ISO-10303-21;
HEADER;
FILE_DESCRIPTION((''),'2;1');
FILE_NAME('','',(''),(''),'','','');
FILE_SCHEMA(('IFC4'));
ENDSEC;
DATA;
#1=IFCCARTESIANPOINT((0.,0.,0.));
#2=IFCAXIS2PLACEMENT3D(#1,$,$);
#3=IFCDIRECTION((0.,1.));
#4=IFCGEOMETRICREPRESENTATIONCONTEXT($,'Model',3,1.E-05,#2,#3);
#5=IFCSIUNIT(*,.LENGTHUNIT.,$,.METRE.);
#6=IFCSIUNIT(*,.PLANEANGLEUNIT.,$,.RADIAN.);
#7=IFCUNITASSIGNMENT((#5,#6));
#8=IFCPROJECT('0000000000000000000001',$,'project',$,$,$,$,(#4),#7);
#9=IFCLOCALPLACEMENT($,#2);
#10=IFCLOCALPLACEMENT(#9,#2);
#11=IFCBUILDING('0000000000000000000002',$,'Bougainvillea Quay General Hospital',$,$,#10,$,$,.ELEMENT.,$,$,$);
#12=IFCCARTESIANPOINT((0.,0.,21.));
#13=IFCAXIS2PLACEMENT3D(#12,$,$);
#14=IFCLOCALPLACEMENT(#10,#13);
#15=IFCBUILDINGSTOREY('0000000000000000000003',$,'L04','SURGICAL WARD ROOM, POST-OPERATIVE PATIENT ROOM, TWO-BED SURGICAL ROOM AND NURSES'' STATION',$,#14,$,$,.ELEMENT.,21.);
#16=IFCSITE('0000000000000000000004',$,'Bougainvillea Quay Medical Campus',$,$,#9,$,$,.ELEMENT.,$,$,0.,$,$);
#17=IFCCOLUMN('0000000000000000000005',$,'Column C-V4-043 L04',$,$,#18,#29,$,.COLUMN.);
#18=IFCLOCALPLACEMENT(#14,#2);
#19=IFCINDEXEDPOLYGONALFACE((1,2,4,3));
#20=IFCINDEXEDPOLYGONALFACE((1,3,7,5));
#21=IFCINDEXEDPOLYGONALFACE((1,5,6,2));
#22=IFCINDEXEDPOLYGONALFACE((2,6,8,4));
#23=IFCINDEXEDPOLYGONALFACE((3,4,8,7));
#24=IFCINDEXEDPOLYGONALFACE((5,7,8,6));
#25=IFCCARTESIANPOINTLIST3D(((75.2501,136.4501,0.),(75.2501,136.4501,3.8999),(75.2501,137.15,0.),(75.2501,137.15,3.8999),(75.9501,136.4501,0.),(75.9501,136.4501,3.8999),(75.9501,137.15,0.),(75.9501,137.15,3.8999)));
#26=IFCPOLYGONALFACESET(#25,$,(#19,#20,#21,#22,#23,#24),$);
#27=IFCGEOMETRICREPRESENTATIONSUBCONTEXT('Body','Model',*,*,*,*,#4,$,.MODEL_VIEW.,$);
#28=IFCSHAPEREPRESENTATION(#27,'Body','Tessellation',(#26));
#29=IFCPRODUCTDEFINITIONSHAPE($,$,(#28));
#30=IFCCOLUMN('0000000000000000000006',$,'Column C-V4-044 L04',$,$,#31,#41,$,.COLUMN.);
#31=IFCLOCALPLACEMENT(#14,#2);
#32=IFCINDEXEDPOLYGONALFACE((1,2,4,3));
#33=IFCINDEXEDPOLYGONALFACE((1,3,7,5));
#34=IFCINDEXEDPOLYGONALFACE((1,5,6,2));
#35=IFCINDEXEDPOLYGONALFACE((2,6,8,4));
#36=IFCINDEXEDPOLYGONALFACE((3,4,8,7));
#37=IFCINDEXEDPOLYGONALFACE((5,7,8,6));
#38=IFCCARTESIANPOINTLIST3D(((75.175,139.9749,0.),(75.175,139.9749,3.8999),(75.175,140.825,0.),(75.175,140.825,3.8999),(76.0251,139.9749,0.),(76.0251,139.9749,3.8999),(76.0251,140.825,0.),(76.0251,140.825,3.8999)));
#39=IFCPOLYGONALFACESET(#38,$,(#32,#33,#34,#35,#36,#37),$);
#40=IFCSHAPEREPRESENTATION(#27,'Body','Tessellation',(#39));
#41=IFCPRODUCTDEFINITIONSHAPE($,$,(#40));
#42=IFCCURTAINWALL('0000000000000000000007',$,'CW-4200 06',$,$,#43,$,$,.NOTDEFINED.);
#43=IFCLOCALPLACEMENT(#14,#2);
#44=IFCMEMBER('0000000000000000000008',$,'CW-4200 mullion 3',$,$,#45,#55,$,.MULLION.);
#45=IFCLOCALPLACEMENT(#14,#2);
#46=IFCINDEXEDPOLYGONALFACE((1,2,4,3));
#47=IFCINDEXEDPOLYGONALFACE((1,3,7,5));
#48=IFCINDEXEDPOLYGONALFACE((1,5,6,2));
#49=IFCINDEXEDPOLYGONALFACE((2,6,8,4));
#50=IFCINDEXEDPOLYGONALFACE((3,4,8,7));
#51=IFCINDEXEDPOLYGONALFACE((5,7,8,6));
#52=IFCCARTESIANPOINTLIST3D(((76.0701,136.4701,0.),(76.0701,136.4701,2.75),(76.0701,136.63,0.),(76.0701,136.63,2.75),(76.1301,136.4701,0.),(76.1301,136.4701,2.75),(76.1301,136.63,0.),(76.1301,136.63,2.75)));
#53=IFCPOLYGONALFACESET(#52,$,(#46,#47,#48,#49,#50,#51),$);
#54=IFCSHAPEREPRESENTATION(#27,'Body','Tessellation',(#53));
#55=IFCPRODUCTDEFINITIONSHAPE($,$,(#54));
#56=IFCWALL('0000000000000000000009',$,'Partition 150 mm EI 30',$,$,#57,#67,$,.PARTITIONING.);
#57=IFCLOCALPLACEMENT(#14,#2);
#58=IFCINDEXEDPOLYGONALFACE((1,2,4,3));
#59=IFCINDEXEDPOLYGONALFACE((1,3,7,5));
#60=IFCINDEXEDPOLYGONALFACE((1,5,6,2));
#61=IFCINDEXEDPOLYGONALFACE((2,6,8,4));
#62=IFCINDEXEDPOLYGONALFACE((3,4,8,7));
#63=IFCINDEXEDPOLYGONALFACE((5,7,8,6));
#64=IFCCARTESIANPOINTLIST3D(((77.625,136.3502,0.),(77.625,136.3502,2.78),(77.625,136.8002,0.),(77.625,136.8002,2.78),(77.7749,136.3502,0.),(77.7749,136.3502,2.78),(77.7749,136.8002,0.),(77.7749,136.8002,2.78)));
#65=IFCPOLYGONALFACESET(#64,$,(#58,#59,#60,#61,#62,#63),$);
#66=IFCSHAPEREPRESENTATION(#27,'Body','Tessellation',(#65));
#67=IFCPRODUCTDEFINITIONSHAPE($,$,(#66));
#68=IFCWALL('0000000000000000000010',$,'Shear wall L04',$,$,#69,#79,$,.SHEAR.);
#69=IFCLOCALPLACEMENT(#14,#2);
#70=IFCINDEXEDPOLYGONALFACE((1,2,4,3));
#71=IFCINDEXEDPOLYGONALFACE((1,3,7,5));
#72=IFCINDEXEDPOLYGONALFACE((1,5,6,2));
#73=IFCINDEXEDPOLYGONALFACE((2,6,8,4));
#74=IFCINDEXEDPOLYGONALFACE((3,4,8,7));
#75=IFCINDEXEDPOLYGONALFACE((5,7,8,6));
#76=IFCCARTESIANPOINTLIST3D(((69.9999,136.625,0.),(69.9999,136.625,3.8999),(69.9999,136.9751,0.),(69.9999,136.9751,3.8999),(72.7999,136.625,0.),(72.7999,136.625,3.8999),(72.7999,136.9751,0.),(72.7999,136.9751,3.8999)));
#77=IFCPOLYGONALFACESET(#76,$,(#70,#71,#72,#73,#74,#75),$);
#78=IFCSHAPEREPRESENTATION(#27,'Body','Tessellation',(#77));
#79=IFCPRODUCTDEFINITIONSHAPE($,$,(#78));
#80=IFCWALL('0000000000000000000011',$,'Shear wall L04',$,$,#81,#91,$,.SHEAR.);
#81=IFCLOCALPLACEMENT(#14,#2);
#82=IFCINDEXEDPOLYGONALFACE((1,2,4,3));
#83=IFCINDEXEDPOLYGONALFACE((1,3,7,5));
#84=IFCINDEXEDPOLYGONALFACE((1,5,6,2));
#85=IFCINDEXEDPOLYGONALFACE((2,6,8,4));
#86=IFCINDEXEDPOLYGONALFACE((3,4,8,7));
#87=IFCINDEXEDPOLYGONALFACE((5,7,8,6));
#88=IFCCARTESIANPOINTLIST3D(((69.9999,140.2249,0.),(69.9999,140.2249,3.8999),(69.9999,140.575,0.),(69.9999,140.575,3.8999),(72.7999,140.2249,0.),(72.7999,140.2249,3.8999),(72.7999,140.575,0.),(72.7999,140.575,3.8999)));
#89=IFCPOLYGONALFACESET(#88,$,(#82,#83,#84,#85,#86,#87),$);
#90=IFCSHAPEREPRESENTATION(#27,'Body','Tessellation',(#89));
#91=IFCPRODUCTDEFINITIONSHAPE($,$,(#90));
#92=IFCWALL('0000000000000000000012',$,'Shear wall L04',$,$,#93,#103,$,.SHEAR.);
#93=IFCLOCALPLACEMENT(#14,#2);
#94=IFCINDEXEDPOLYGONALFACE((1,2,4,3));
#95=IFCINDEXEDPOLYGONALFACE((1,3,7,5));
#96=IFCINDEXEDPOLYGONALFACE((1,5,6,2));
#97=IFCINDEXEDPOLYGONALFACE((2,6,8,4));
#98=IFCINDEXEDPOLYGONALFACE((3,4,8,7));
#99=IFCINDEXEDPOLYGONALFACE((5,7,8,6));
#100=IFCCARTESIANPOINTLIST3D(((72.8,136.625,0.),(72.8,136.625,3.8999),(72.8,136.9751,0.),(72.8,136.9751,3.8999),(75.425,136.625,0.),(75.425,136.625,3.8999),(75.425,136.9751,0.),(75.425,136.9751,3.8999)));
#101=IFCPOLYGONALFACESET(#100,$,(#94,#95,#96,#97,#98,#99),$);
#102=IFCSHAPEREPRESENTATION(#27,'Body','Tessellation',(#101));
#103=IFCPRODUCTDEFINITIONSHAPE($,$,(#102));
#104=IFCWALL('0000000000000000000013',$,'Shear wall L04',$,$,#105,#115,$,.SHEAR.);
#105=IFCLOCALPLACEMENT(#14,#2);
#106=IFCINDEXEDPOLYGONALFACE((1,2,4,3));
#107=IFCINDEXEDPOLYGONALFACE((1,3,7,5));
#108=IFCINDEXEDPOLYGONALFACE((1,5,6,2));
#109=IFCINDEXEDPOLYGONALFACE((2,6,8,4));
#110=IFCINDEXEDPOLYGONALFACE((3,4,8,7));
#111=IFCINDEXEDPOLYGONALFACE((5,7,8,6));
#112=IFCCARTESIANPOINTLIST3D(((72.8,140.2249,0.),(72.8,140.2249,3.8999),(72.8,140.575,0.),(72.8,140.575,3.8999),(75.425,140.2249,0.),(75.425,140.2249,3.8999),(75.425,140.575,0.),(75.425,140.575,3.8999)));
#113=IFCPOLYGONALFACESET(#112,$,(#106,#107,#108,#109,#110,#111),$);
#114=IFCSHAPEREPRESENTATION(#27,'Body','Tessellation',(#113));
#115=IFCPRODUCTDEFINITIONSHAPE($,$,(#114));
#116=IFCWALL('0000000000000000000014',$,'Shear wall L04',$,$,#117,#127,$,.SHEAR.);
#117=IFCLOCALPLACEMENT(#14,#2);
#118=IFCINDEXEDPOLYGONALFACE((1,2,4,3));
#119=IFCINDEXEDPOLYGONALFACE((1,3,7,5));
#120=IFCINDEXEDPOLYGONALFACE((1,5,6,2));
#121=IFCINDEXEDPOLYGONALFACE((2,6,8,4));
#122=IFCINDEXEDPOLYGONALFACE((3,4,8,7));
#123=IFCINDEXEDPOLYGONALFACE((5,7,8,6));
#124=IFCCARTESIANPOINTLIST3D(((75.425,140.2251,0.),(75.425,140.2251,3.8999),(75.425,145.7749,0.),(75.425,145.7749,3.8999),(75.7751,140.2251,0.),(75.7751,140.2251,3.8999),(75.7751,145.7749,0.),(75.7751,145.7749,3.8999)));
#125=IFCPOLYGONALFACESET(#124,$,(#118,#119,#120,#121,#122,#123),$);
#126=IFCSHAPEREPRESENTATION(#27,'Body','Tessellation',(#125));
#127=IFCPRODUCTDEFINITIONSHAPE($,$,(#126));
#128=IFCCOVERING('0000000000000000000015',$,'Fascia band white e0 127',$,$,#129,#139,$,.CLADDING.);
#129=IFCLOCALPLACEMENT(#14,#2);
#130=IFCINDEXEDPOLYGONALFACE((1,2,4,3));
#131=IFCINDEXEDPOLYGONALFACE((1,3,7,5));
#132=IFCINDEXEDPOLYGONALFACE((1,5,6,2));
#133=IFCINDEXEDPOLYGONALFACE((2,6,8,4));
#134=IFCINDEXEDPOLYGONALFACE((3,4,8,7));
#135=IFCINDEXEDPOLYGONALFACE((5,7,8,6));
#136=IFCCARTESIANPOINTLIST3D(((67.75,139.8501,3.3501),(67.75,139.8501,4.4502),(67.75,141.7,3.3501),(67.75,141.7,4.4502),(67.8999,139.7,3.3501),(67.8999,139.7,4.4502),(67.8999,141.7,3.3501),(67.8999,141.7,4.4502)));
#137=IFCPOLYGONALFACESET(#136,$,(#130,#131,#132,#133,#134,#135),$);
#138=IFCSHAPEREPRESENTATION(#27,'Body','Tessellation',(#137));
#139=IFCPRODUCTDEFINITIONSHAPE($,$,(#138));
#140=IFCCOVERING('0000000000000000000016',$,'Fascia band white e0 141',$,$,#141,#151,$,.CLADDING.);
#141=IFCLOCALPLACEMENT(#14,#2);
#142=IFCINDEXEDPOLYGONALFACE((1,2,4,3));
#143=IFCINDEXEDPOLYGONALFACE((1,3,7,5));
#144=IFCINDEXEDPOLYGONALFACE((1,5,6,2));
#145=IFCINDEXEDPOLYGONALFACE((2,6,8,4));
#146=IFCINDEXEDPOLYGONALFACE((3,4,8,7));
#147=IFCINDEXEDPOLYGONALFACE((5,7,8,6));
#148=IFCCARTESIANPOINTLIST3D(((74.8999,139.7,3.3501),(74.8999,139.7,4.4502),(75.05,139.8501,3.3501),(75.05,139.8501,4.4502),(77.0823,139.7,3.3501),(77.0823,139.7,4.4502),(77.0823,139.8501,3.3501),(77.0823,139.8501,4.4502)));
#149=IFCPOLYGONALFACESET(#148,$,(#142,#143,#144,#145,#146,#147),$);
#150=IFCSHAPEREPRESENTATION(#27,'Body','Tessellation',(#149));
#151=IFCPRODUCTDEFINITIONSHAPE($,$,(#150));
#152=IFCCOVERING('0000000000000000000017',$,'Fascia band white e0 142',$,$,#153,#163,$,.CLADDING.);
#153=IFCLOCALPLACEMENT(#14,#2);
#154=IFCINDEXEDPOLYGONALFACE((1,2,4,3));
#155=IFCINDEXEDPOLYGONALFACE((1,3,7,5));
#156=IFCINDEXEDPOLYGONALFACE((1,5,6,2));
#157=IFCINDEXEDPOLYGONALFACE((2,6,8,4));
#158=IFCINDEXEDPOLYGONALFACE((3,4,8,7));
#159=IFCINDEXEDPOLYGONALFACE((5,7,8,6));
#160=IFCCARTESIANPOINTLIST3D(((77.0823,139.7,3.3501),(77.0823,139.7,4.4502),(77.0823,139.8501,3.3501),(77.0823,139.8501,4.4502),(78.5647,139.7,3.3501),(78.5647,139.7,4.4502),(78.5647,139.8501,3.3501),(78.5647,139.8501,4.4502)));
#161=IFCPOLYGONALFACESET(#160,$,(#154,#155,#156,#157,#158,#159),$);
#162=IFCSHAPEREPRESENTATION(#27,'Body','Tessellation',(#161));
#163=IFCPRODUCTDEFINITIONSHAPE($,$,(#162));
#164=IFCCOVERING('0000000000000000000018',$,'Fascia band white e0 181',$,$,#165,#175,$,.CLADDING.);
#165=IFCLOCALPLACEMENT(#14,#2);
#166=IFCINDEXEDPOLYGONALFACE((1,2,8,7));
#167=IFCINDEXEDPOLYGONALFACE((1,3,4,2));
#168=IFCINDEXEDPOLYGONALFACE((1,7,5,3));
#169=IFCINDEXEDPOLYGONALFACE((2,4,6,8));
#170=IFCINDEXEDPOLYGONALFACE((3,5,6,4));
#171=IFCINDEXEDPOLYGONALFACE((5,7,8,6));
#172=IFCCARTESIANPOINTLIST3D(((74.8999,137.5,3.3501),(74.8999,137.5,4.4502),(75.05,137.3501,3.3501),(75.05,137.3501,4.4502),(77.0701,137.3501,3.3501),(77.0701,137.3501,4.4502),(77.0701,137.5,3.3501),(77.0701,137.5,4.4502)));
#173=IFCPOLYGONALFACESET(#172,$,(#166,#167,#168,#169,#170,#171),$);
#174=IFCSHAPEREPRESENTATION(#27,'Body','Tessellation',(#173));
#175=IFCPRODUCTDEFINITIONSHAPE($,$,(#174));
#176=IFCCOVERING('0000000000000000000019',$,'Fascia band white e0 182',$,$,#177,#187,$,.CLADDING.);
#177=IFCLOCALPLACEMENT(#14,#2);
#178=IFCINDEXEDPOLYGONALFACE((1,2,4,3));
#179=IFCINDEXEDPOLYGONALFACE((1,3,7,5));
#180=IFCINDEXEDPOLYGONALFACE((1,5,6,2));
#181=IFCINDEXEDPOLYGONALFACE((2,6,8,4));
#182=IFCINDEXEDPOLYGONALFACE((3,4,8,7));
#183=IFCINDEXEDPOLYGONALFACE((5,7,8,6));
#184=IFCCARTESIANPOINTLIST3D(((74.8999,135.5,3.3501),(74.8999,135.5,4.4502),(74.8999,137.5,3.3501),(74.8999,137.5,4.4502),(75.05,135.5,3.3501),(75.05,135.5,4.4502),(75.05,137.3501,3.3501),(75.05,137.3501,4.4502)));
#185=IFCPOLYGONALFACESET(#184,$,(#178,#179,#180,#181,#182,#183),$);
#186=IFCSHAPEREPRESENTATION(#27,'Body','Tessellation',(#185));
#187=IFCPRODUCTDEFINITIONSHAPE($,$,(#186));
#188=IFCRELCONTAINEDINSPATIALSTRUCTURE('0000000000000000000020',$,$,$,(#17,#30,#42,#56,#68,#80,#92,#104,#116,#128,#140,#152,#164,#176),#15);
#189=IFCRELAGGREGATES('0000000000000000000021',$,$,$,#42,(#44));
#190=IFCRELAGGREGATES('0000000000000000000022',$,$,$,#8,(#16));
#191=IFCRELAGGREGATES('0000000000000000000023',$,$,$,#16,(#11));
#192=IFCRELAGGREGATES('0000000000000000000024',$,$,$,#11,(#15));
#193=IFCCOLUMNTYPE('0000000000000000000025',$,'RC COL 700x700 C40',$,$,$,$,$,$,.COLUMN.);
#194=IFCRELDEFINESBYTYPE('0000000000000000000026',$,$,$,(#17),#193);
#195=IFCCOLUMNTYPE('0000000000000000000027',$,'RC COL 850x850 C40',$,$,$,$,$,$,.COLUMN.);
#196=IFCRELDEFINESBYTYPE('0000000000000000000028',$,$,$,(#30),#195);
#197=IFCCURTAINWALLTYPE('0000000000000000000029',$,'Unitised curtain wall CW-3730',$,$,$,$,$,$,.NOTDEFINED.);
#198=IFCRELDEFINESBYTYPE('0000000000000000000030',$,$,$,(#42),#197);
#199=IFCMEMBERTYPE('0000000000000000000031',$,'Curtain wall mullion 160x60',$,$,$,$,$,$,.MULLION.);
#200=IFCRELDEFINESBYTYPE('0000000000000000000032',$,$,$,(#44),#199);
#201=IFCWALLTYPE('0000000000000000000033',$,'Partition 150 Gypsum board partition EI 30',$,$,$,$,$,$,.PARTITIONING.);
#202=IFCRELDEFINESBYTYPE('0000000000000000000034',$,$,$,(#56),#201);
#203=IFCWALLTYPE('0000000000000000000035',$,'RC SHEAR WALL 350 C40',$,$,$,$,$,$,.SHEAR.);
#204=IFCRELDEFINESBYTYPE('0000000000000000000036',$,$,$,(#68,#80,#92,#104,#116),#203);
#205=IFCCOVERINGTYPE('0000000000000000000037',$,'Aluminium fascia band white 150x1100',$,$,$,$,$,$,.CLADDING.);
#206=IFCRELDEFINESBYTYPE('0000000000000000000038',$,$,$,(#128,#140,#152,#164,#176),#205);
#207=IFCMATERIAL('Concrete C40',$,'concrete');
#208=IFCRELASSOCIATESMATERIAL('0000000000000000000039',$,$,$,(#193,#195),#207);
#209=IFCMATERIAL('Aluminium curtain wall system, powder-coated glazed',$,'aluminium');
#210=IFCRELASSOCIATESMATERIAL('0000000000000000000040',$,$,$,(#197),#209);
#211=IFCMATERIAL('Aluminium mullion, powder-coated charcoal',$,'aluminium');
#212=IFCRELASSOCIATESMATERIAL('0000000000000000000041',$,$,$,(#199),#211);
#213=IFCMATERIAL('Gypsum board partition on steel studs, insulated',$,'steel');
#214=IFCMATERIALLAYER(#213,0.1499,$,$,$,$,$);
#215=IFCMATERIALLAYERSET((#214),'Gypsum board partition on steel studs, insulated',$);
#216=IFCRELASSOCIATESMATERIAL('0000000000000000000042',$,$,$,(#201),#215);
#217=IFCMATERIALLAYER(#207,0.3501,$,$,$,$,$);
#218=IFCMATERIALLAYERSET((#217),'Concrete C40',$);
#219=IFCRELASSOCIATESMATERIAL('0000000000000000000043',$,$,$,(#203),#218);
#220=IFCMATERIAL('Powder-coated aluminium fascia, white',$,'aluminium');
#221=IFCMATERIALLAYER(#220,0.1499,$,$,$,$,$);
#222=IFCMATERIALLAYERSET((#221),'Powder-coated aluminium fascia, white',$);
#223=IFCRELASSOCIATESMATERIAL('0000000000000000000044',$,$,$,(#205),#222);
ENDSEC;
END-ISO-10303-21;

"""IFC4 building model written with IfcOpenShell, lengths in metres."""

from ifc_helpers import new_model, si_unit, direction, frame, frame_2d, origin, origin_2d, place, context, subcontext, project, spatial, polyline, rectangle, outline, extrude, material, layer, layer_set, material_profile, profile_set, type_object, element, aggregate, save


model = new_model("IFC4")

# Units and contexts
model_context = context("Model", 3, precision=1e-05, world=origin(), true_north=direction((0.0, 1.0)))
body_context = subcontext(model_context, "Body", "Model", "MODEL_VIEW")
ifc_project = project(units=[si_unit("LENGTHUNIT", "METRE"), si_unit("PLANEANGLEUNIT", "RADIAN")], contexts=[model_context])

# Site, building, storey
site_placement = place(None, origin())
site = spatial("IfcSite", under=ifc_project, at=site_placement, Name="Bougainvillea Quay Medical Campus", CompositionType="ELEMENT", RefElevation=0.0)
building_placement = place(site_placement, origin())
building = spatial("IfcBuilding", under=site, at=building_placement, Name="Bougainvillea Quay General Hospital", CompositionType="ELEMENT")
storey_placement = place(building_placement, frame((0.0, 0.0, 21.0)))
storey = spatial("IfcBuildingStorey", under=building, at=storey_placement, Name="L04", Description="SURGICAL WARD ROOM, POST-OPERATIVE PATIENT ROOM, TWO-BED SURGICAL ROOM AND NURSES' STATION", CompositionType="ELEMENT", Elevation=21.0)

# Columns
ifc_material_1 = material(Name="Concrete C40", Category="concrete")
ifc_material_profile_1 = material_profile(ifc_material_1, rectangle(XDim=0.7, YDim=0.7, at=origin_2d()))
ifc_profile_set_1 = profile_set([ifc_material_profile_1], Name="Concrete C40")
column_type_1 = type_object("IfcColumnType", Name="RC COL 700x700 C40", PredefinedType="COLUMN", material=ifc_profile_set_1)
column_1_placement = place(storey_placement, frame((75.6001, 136.8, 0.0), z_axis=(0.0, 0.0, 1.0), x_axis=(1.0, 0.0, 0.0)))
element("IfcColumn", 1, at=column_1_placement, inside=storey, type_object=column_type_1, Name="Column C-V4-043 L04", PredefinedType="COLUMN", context=body_context, shape_type="SweptSolid", body=[
    extrude(rectangle(XDim=0.7, YDim=0.7, at=origin_2d()), origin(), (0.0, 0.0, 1.0), 3.8999),
])
ifc_material_profile_2 = material_profile(ifc_material_1, rectangle(XDim=0.8501, YDim=0.8501, at=origin_2d()))
ifc_profile_set_2 = profile_set([ifc_material_profile_2], Name="Concrete C40")
column_type_2 = type_object("IfcColumnType", Name="RC COL 850x850 C40", PredefinedType="COLUMN", material=ifc_profile_set_2)
column_2_placement = place(storey_placement, frame((75.6001, 140.3999, 0.0), z_axis=(0.0, 0.0, 1.0), x_axis=(1.0, 0.0, 0.0)))
element("IfcColumn", 2, at=column_2_placement, inside=storey, type_object=column_type_2, Name="Column C-V4-044 L04", PredefinedType="COLUMN", context=body_context, shape_type="SweptSolid", body=[
    extrude(rectangle(XDim=0.8501, YDim=0.8501, at=origin_2d()), origin(), (0.0, 0.0, 1.0), 3.8999),
])

# Curtain wall, member
ifc_material_2 = material(Name="Aluminium curtain wall system, powder-coated glazed", Category="aluminium")
curtain_wall_type = type_object("IfcCurtainWallType", Name="Unitised curtain wall CW-3730", PredefinedType="NOTDEFINED", material=ifc_material_2)
curtain_wall_placement = place(storey_placement, origin())
curtain_wall = element("IfcCurtainWall", 3, at=curtain_wall_placement, inside=storey, type_object=curtain_wall_type, Name="CW-4200 06", PredefinedType="NOTDEFINED")
ifc_material_3 = material(Name="Aluminium mullion, powder-coated charcoal", Category="aluminium")
ifc_material_profile_3 = material_profile(ifc_material_3, rectangle(XDim=0.1599, YDim=0.0601, at=origin_2d()))
ifc_profile_set_3 = profile_set([ifc_material_profile_3], Name="Aluminium mullion, powder-coated charcoal")
member_type = type_object("IfcMemberType", Name="Curtain wall mullion 160x60", PredefinedType="MULLION", material=ifc_profile_set_3)
member_placement = place(storey_placement, frame((76.1001, 136.55, 0.0), z_axis=(0.0, 0.0, 1.0), x_axis=(0.0, -1.0, 0.0)))
member = element("IfcMember", 4, at=member_placement, type_object=member_type, Name="CW-4200 mullion 3", PredefinedType="MULLION", context=body_context, shape_type="SweptSolid", body=[
    extrude(rectangle(XDim=0.1599, YDim=0.0601, at=origin_2d()), origin(), (0.0, 0.0, 1.0), 2.75),
])
aggregate(curtain_wall, [member])

# Walls
ifc_material_4 = material(Name="Gypsum board partition on steel studs, insulated", Category="steel")
ifc_layer_1 = layer(ifc_material_4, 0.1499)
ifc_layer_set_1 = layer_set([ifc_layer_1], Name="Gypsum board partition on steel studs, insulated")
wall_type_1 = type_object("IfcWallType", Name="Partition 150 Gypsum board partition EI 30", PredefinedType="PARTITIONING", material=ifc_layer_set_1)
wall_1_placement = place(storey_placement, frame((77.7, 136.3501, 0.0), z_axis=(0.0, 0.0, 1.0), x_axis=(0.0, 1.0, 0.0)))
element("IfcWall", 5, at=wall_1_placement, inside=storey, type_object=wall_type_1, Name="Partition 150 mm EI 30", PredefinedType="PARTITIONING", context=body_context, shape_type="SweptSolid", body=[
    extrude(rectangle(XDim=0.45, YDim=0.1499, at=frame_2d((0.2251, 0.0))), origin(), (0.0, 0.0, 1.0), 2.78),
])
ifc_layer_2 = layer(ifc_material_1, 0.3501)
ifc_layer_set_2 = layer_set([ifc_layer_2], Name="Concrete C40")
wall_type_2 = type_object("IfcWallType", Name="RC SHEAR WALL 350 C40", PredefinedType="SHEAR", material=ifc_layer_set_2)
for number, where, z_axis, x_axis, name in (
    (6, (70.0, 136.8, 0.0), (0.0, 0.0, 1.0), (1.0, 0.0, 0.0), "Shear wall L04"),
    (7, (70.0, 140.3999, 0.0), (0.0, 0.0, 1.0), (1.0, 0.0, 0.0), "Shear wall L04"),
):
    element("IfcWall", number, at=place(storey_placement, frame(where, z_axis=z_axis, x_axis=x_axis)), inside=storey, type_object=wall_type_2, Name=name, PredefinedType="SHEAR", context=body_context, shape_type="SweptSolid", body=[
        extrude(rectangle(XDim=2.8, YDim=0.3501, at=frame_2d((1.3999, 0.0))), origin(), (0.0, 0.0, 1.0), 3.8999),
    ])
for number, where, z_axis, x_axis, name in (
    (8, (72.8, 136.8, 0.0), (0.0, 0.0, 1.0), (1.0, 0.0, 0.0), "Shear wall L04"),
    (9, (72.8, 140.3999, 0.0), (0.0, 0.0, 1.0), (1.0, 0.0, 0.0), "Shear wall L04"),
):
    element("IfcWall", number, at=place(storey_placement, frame(where, z_axis=z_axis, x_axis=x_axis)), inside=storey, type_object=wall_type_2, Name=name, PredefinedType="SHEAR", context=body_context, shape_type="SweptSolid", body=[
        extrude(rectangle(XDim=2.625, YDim=0.3501, at=frame_2d((1.3125, 0.0))), origin(), (0.0, 0.0, 1.0), 3.8999),
    ])
wall_2_placement = place(storey_placement, frame((75.6001, 140.2251, 0.0), z_axis=(0.0, 0.0, 1.0), x_axis=(0.0, 1.0, 0.0)))
element("IfcWall", 10, at=wall_2_placement, inside=storey, type_object=wall_type_2, Name="Shear wall L04", PredefinedType="SHEAR", context=body_context, shape_type="SweptSolid", body=[
    extrude(rectangle(XDim=5.5498, YDim=0.3501, at=frame_2d((2.7749, 0.0))), origin(), (0.0, 0.0, 1.0), 3.8999),
])

# Coverings
ifc_material_5 = material(Name="Powder-coated aluminium fascia, white", Category="aluminium")
ifc_layer_3 = layer(ifc_material_5, 0.1499)
ifc_layer_set_3 = layer_set([ifc_layer_3], Name="Powder-coated aluminium fascia, white")
covering_type = type_object("IfcCoveringType", Name="Aluminium fascia band white 150x1100", PredefinedType="CLADDING", material=ifc_layer_set_3)
covering_1_placement = place(storey_placement, frame((67.75, 139.8501, 3.3501), z_axis=(0.0, 0.0, 1.0), x_axis=(0.0, 1.0, 0.0)))
element("IfcCovering", 11, at=covering_1_placement, inside=storey, type_object=covering_type, Name="Fascia band white e0 127", PredefinedType="CLADDING", context=body_context, shape_type="SweptSolid", body=[
    extrude(outline(polyline([(0.0, 0.0), (1.8499, 0.0), (1.8499, -0.1499), (-0.1501, -0.1499), (0.0, 0.0)])), origin(), (0.0, 0.0, 1.0), 1.1001),
])
covering_2_placement = place(storey_placement, frame((75.05, 139.8501, 3.3501), z_axis=(0.0, 0.0, 1.0), x_axis=(1.0, 0.0, 0.0)))
element("IfcCovering", 12, at=covering_2_placement, inside=storey, type_object=covering_type, Name="Fascia band white e0 141", PredefinedType="CLADDING", context=body_context, shape_type="SweptSolid", body=[
    extrude(outline(polyline([(0.0, 0.0), (2.0322, 0.0), (2.0322, -0.1501), (-0.1501, -0.1501), (0.0, 0.0)])), origin(), (0.0, 0.0, 1.0), 1.1001),
])
covering_3_placement = place(storey_placement, frame((77.0823, 139.8501, 3.3501), z_axis=(0.0, 0.0, 1.0), x_axis=(1.0, 0.0, 0.0)))
element("IfcCovering", 13, at=covering_3_placement, inside=storey, type_object=covering_type, Name="Fascia band white e0 142", PredefinedType="CLADDING", context=body_context, shape_type="SweptSolid", body=[
    extrude(outline(polyline([(0.0, 0.0), (1.4824, 0.0), (1.4824, -0.1501), (0.0, -0.1501), (0.0, 0.0)])), origin(), (0.0, 0.0, 1.0), 1.1001),
])
covering_4_placement = place(storey_placement, frame((77.0701, 137.3501, 3.3501), z_axis=(0.0, 0.0, 1.0), x_axis=(-1.0, 0.0, 0.0)))
element("IfcCovering", 14, at=covering_4_placement, inside=storey, type_object=covering_type, Name="Fascia band white e0 181", PredefinedType="CLADDING", context=body_context, shape_type="SweptSolid", body=[
    extrude(outline(polyline([(0.0, 0.0), (2.02, 0.0), (2.1702, -0.1499), (0.0, -0.1499), (0.0, 0.0)])), origin(), (0.0, 0.0, 1.0), 1.1001),
])
covering_5_placement = place(storey_placement, frame((75.05, 137.3501, 3.3501), z_axis=(0.0, 0.0, 1.0), x_axis=(0.0, -1.0, 0.0)))
element("IfcCovering", 15, at=covering_5_placement, inside=storey, type_object=covering_type, Name="Fascia band white e0 182", PredefinedType="CLADDING", context=body_context, shape_type="SweptSolid", body=[
    extrude(outline(polyline([(0.0, 0.0), (1.8501, 0.0), (1.8501, -0.1501), (-0.1499, -0.1501), (0.0, 0.0)])), origin(), (0.0, 0.0, 1.0), 1.1001),
])

save(model, "model.ifc")
